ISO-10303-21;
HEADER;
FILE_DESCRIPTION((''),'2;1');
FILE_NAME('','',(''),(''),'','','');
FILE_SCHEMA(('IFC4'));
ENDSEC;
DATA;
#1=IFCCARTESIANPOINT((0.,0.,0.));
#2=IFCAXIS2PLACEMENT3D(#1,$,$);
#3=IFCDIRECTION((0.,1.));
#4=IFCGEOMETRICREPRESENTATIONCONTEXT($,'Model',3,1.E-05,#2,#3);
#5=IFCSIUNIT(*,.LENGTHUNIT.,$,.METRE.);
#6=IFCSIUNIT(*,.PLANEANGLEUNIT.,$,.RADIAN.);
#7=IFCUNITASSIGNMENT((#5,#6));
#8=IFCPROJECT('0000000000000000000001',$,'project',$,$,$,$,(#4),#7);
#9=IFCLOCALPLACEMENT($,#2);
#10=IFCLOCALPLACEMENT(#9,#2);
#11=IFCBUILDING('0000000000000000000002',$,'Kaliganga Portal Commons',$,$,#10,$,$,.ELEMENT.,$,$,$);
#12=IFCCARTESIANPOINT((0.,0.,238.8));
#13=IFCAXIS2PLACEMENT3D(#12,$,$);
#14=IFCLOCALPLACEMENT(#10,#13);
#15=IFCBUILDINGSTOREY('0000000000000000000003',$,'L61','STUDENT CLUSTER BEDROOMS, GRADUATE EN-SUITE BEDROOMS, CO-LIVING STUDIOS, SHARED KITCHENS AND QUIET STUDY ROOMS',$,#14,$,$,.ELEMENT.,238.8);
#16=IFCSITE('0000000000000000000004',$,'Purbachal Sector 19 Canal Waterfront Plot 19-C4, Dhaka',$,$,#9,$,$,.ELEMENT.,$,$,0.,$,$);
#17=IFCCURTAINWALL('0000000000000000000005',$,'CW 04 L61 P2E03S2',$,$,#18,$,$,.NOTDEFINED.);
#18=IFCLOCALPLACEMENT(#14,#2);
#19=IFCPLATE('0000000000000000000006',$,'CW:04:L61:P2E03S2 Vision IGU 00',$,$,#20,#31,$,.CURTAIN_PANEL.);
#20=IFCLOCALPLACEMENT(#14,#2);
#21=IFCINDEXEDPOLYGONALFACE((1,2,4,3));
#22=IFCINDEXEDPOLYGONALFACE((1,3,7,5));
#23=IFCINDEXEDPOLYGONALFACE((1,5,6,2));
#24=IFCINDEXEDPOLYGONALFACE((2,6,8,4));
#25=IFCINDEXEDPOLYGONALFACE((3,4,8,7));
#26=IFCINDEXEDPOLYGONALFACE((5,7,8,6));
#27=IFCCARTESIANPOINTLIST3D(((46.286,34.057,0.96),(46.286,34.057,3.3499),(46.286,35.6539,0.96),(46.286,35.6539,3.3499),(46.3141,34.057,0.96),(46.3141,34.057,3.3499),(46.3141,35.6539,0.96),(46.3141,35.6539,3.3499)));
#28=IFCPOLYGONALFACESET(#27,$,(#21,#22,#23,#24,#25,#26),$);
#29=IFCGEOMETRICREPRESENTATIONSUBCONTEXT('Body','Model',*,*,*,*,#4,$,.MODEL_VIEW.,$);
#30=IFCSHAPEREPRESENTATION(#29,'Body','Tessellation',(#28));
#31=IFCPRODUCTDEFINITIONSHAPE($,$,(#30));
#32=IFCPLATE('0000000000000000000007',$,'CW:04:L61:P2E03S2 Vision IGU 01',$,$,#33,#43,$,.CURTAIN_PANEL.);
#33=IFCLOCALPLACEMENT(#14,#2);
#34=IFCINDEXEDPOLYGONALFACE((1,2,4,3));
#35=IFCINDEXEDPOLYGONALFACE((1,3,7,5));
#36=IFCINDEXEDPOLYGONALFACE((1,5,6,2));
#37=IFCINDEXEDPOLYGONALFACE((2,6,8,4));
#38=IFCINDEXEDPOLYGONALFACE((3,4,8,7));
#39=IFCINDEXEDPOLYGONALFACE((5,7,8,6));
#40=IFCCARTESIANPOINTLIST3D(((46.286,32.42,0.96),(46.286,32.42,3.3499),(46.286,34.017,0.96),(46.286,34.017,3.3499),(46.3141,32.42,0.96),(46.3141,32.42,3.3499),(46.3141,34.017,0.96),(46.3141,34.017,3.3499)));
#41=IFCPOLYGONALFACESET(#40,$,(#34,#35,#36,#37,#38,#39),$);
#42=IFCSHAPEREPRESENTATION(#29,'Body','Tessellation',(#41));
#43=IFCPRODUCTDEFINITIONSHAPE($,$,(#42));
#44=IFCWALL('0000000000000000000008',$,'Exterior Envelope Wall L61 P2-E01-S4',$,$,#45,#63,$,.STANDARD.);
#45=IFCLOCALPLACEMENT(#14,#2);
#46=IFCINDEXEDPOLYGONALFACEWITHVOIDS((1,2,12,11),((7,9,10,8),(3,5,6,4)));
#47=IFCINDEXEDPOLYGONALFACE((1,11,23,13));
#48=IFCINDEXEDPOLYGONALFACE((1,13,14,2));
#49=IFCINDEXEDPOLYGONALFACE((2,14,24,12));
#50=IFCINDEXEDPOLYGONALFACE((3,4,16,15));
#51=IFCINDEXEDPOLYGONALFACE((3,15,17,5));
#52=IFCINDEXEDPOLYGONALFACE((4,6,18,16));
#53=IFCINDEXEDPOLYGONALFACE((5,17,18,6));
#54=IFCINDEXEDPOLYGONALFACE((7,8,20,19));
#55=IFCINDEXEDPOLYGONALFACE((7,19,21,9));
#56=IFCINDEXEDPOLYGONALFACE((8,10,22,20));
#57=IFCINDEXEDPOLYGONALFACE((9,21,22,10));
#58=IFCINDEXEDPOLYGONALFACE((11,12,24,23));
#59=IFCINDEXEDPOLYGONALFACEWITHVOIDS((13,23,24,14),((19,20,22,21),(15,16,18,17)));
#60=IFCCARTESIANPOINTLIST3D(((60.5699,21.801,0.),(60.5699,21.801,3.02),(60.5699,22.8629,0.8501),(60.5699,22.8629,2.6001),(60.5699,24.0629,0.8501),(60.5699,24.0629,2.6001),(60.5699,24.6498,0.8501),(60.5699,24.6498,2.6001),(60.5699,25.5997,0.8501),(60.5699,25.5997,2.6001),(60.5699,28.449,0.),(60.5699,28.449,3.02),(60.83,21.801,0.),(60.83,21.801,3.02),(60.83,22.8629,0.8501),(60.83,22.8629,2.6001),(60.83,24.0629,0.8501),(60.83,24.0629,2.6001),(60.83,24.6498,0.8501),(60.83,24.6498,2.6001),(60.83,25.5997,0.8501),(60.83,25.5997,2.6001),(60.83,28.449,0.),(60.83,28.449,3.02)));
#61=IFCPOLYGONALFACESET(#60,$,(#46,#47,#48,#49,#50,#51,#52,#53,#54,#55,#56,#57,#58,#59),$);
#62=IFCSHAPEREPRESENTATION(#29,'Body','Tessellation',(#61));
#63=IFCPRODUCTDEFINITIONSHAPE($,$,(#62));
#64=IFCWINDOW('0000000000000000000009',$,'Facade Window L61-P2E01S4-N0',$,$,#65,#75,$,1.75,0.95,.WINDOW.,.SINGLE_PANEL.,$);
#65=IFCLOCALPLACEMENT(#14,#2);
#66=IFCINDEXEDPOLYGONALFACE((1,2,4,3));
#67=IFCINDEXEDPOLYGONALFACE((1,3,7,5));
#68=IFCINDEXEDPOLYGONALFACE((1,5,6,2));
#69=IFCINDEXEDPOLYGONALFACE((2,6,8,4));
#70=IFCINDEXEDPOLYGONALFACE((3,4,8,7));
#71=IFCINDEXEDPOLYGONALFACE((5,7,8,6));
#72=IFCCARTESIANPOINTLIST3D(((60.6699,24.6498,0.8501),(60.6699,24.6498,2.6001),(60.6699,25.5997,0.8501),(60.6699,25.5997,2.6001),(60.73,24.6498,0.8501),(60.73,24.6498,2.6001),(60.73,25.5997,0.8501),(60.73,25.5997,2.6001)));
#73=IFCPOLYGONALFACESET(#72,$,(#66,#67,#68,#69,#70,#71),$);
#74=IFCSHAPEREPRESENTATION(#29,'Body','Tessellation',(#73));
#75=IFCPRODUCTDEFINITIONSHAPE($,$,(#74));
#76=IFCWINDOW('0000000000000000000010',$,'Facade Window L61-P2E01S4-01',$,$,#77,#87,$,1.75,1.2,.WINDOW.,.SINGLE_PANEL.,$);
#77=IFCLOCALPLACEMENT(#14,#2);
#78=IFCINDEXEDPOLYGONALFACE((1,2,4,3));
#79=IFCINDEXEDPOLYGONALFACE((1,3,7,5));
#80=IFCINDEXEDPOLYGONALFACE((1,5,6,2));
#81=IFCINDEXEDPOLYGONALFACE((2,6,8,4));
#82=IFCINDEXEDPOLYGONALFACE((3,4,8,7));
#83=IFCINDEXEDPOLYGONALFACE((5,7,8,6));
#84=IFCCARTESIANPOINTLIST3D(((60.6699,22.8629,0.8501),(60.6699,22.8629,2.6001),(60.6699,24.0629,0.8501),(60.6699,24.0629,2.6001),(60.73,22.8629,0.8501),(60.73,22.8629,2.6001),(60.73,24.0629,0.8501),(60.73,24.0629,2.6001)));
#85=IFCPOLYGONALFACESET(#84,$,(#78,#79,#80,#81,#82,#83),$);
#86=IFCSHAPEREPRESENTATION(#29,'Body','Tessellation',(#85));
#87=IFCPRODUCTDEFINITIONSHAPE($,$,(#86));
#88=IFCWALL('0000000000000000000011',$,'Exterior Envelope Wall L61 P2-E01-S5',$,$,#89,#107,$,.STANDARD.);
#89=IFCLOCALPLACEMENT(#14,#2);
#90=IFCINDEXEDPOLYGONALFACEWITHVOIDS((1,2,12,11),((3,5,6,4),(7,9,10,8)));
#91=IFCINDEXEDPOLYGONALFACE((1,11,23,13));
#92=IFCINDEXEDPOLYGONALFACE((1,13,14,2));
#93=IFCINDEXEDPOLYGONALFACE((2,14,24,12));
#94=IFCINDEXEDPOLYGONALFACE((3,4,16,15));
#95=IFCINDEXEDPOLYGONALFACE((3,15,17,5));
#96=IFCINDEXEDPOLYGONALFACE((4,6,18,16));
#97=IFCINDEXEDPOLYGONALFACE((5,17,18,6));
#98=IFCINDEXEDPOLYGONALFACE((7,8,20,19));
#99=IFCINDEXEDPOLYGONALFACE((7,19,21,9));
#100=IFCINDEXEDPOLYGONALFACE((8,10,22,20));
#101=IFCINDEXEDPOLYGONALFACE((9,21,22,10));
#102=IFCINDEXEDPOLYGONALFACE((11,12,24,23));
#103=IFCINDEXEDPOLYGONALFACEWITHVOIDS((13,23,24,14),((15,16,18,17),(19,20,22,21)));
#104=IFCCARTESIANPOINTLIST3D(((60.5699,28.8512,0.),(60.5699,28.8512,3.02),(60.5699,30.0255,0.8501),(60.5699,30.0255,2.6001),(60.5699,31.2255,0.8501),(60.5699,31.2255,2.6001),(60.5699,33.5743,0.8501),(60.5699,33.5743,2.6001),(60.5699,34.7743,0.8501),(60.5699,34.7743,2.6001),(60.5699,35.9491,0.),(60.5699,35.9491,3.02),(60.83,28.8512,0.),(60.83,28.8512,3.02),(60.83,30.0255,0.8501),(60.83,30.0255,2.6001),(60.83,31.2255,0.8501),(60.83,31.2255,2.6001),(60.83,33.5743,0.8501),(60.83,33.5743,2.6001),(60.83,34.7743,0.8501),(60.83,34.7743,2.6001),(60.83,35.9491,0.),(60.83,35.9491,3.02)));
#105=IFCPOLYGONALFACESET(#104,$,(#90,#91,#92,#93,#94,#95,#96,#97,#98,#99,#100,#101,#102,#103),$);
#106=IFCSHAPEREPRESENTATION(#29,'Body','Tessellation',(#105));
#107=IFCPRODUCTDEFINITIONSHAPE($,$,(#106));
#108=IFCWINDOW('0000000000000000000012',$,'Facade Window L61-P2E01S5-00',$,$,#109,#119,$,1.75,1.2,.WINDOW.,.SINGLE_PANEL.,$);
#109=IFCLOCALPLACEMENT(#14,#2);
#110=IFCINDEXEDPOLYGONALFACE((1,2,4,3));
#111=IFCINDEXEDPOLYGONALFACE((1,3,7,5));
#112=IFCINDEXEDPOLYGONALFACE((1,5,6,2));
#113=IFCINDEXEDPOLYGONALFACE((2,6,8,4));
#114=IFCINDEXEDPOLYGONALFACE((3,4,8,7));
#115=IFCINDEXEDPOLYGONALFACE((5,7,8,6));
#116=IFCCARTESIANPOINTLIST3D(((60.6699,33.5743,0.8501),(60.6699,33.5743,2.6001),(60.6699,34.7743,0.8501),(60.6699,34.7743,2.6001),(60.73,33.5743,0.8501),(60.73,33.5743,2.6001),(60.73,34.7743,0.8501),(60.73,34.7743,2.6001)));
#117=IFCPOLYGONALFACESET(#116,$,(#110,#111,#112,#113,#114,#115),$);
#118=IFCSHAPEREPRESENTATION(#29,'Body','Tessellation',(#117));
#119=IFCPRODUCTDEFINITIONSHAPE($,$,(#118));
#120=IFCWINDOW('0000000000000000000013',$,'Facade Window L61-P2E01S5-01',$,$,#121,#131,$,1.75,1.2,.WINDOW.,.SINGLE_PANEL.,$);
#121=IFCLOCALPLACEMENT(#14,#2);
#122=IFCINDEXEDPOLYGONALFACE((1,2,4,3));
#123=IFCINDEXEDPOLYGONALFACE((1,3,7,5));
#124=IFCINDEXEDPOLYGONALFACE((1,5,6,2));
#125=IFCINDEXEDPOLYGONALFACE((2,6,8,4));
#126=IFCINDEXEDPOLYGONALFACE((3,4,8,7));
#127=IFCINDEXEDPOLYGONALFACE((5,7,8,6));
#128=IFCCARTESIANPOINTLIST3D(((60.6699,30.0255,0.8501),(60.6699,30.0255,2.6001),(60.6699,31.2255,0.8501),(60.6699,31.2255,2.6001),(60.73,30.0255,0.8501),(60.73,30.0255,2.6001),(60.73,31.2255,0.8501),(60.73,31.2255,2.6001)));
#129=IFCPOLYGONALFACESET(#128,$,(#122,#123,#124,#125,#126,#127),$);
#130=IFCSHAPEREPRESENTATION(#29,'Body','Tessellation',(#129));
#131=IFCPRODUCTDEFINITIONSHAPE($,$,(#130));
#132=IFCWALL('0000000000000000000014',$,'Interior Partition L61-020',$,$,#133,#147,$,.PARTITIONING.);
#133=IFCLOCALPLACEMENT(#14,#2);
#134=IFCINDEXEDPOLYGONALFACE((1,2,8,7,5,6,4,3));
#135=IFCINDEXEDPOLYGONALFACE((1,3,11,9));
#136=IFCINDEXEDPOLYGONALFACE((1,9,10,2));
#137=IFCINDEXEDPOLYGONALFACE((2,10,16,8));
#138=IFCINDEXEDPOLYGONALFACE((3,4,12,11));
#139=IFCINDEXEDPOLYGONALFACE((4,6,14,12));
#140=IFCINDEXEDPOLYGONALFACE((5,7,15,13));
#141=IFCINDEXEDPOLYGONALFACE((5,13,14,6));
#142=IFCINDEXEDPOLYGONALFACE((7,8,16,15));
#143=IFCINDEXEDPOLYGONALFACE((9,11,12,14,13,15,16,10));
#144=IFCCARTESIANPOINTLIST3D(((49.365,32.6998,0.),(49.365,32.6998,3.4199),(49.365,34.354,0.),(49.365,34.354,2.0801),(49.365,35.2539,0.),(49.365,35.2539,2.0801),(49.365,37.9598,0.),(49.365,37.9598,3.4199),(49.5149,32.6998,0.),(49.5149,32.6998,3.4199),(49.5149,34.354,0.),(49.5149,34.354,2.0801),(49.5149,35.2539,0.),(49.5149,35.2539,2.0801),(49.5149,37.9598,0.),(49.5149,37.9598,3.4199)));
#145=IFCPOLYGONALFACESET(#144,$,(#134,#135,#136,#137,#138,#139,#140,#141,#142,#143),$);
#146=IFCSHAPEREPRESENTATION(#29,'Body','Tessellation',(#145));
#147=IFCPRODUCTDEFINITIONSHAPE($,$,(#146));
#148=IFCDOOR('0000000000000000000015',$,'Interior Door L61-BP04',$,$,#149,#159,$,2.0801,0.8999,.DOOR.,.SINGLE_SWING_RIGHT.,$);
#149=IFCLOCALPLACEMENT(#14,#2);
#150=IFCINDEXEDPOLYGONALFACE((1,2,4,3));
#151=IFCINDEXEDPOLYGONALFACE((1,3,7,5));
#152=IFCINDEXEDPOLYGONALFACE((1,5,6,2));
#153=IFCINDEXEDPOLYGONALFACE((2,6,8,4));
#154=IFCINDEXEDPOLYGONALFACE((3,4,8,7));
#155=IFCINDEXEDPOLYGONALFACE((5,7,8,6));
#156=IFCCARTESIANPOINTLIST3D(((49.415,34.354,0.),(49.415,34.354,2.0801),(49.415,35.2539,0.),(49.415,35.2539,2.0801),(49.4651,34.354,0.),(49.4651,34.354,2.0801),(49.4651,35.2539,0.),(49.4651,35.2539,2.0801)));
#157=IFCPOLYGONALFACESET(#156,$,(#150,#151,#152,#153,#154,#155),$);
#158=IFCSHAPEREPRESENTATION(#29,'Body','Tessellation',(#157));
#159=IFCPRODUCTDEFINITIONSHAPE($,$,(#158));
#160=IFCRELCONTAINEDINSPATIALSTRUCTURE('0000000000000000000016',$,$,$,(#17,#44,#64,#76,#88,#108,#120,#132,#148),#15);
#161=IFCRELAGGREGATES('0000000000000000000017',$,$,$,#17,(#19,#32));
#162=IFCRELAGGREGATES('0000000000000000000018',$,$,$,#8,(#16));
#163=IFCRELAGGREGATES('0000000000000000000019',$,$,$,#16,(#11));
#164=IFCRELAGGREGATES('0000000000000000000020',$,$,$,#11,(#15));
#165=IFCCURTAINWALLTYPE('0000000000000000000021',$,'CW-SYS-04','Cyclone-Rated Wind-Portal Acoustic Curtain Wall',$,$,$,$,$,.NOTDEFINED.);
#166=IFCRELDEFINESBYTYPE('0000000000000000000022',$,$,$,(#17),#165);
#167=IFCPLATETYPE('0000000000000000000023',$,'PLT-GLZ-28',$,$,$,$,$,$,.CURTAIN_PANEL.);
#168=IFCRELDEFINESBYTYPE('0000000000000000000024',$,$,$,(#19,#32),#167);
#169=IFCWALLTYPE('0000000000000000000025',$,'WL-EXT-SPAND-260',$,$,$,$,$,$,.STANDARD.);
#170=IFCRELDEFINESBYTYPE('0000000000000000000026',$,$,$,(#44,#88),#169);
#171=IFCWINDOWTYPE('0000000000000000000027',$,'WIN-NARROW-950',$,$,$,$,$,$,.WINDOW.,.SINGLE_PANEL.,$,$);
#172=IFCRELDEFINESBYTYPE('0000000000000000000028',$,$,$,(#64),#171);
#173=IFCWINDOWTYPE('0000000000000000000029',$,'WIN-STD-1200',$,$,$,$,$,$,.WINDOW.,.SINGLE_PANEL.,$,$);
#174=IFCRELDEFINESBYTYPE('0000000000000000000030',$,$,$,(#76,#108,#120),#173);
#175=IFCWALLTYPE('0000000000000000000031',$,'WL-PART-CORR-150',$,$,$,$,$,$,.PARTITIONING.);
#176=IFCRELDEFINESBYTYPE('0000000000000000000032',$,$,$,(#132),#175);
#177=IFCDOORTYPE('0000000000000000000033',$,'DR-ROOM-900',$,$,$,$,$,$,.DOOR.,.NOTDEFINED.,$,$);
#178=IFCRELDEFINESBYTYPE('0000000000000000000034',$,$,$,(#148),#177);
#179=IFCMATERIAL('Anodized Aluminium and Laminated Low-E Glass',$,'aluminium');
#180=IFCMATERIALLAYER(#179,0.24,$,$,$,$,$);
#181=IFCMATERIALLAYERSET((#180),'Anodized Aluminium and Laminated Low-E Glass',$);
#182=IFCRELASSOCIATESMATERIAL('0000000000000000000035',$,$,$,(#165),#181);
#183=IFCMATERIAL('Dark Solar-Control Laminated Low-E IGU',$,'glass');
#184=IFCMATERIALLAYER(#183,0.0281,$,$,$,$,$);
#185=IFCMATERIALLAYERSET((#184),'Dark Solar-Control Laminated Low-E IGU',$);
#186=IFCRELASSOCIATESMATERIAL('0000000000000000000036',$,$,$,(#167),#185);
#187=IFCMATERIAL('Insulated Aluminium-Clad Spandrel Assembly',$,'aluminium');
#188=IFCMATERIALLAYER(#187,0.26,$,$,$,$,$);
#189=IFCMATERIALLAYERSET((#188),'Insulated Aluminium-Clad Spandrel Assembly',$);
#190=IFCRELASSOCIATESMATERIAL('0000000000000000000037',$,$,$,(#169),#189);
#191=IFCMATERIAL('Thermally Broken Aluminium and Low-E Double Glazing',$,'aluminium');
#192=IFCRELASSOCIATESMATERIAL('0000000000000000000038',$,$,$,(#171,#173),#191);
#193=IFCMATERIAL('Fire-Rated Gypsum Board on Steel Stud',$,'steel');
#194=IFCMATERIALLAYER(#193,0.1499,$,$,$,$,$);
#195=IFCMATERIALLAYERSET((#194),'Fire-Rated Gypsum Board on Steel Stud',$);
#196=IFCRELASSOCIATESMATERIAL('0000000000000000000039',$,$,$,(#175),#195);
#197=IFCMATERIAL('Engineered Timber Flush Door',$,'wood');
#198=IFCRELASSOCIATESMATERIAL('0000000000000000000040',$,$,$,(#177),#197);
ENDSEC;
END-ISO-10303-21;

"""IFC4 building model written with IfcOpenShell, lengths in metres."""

from ifc_helpers import new_model, si_unit, direction, frame, frame_2d, origin, origin_2d, place, context, subcontext, project, spatial, rectangle, extrude, source, transform, mapped, material, layer, layer_set, type_object, element, fill, aggregate, save


model = new_model("IFC4")

# Units and contexts
model_context = context("Model", 3, precision=1e-05, world=origin(), true_north=direction((0.0, 1.0)))
body_context = subcontext(model_context, "Body", "Model", "MODEL_VIEW")
ifc_project = project(units=[si_unit("LENGTHUNIT", "METRE"), si_unit("PLANEANGLEUNIT", "RADIAN")], contexts=[model_context])

# Site, building, storey
site_placement = place(None, origin())
site = spatial("IfcSite", under=ifc_project, at=site_placement, Name="Purbachal Sector 19 Canal Waterfront Plot 19-C4, Dhaka", CompositionType="ELEMENT", RefElevation=0.0)
building_placement = place(site_placement, origin())
building = spatial("IfcBuilding", under=site, at=building_placement, Name="Kaliganga Portal Commons", CompositionType="ELEMENT")
storey_placement = place(building_placement, frame((0.0, 0.0, 238.8)))
storey = spatial("IfcBuildingStorey", under=building, at=storey_placement, Name="L61", Description="STUDENT CLUSTER BEDROOMS, GRADUATE EN-SUITE BEDROOMS, CO-LIVING STUDIOS, SHARED KITCHENS AND QUIET STUDY ROOMS", CompositionType="ELEMENT", Elevation=238.8)

# Curtain wall, plates
ifc_material_1 = material(Name="Anodized Aluminium and Laminated Low-E Glass", Category="aluminium")
ifc_layer_1 = layer(ifc_material_1, 0.24)
ifc_layer_set_1 = layer_set([ifc_layer_1], Name="Anodized Aluminium and Laminated Low-E Glass")
curtain_wall_type = type_object("IfcCurtainWallType", Name="CW-SYS-04", Description="Cyclone-Rated Wind-Portal Acoustic Curtain Wall", PredefinedType="NOTDEFINED", material=ifc_layer_set_1)
curtain_wall_placement = place(storey_placement, origin())
curtain_wall = element("IfcCurtainWall", 1, at=curtain_wall_placement, inside=storey, type_object=curtain_wall_type, Name="CW 04 L61 P2E03S2", PredefinedType="NOTDEFINED")
ifc_material_2 = material(Name="Dark Solar-Control Laminated Low-E IGU", Category="glass")
ifc_layer_2 = layer(ifc_material_2, 0.0281)
ifc_layer_set_2 = layer_set([ifc_layer_2], Name="Dark Solar-Control Laminated Low-E IGU")
plate_type_1 = type_object("IfcPlateType", Name="PLT-GLZ-28", PredefinedType="CURTAIN_PANEL", material=ifc_layer_set_2)
shared_shape_1 = source(origin(), body_context, "Body", "SweptSolid", [
    extrude(rectangle(XDim=1.5969, YDim=0.0281, at=origin_2d()), origin(), (0.0, 0.0, 1.0), 2.3899),
])
plate_1_placement = place(storey_placement, frame((46.3, 34.8555, 0.96), z_axis=(0.0, 0.0, 1.0), x_axis=(0.0, -1.0, 0.0)))
plate_1 = element("IfcPlate", 2, at=plate_1_placement, type_object=plate_type_1, Name="CW:04:L61:P2E03S2 Vision IGU 00", PredefinedType="CURTAIN_PANEL", context=body_context, shape_type="MappedRepresentation", body=[
    mapped(shared_shape_1, transform((0.0, 0.0, 0.0), x_axis=(1.0, 0.0, 0.0), y_axis=(0.0, 1.0, 0.0), z_axis=(0.0, 0.0, 1.0), scale=1.0)),
])
plate_2_placement = place(storey_placement, frame((46.3, 33.2185, 0.96), z_axis=(0.0, 0.0, 1.0), x_axis=(0.0, -1.0, 0.0)))
plate_2 = element("IfcPlate", 3, at=plate_2_placement, type_object=plate_type_1, Name="CW:04:L61:P2E03S2 Vision IGU 01", PredefinedType="CURTAIN_PANEL", context=body_context, shape_type="MappedRepresentation", body=[
    mapped(shared_shape_1, transform((0.0, 0.0, 0.0), x_axis=(1.0, 0.0, 0.0), y_axis=(0.0, 1.0, 0.0), z_axis=(0.0, 0.0, 1.0), scale=1.0)),
])
aggregate(curtain_wall, [plate_1, plate_2])

# Walls, openings, windows
ifc_material_3 = material(Name="Insulated Aluminium-Clad Spandrel Assembly", Category="aluminium")
ifc_layer_3 = layer(ifc_material_3, 0.26)
ifc_layer_set_3 = layer_set([ifc_layer_3], Name="Insulated Aluminium-Clad Spandrel Assembly")
wall_type_1 = type_object("IfcWallType", Name="WL-EXT-SPAND-260", PredefinedType="STANDARD", material=ifc_layer_set_3)
wall_1_placement = place(storey_placement, frame((60.7, 28.449, 0.0), z_axis=(0.0, 0.0, 1.0), x_axis=(0.0, -1.0, 0.0)))
wall_1 = element("IfcWall", 4, at=wall_1_placement, inside=storey, type_object=wall_type_1, Name="Exterior Envelope Wall L61 P2-E01-S4", PredefinedType="STANDARD", context=body_context, shape_type="SweptSolid", body=[
    extrude(rectangle(XDim=6.6479, YDim=0.26, at=frame_2d((3.324, 0.0))), origin(), (0.0, 0.0, 1.0), 3.02),
])
opening_1_placement = place(wall_1_placement, frame((4.386, 0.0, 0.8501)))
opening_1 = element("IfcOpeningElement", 5, at=opening_1_placement, cuts=wall_1, PredefinedType="OPENING", context=body_context, shape_type="SweptSolid", body=[
    extrude(rectangle(XDim=1.2, YDim=1.75, at=frame_2d((0.6001, 0.875))), frame((0.0, 0.1401, 0.0), z_axis=(0.0, -1.0, 0.0), x_axis=(1.0, 0.0, 0.0)), (0.0, 0.0, 1.0), 0.28),
])
opening_2_placement = place(wall_1_placement, frame((2.8491, 0.0, 0.8501)))
opening_2 = element("IfcOpeningElement", 6, at=opening_2_placement, cuts=wall_1, PredefinedType="OPENING", context=body_context, shape_type="SweptSolid", body=[
    extrude(rectangle(XDim=0.95, YDim=1.75, at=frame_2d((0.4751, 0.875))), frame((0.0, 0.1401, 0.0), z_axis=(0.0, -1.0, 0.0), x_axis=(1.0, 0.0, 0.0)), (0.0, 0.0, 1.0), 0.28),
])
ifc_material_4 = material(Name="Thermally Broken Aluminium and Low-E Double Glazing", Category="aluminium")
window_type_1 = type_object("IfcWindowType", Name="WIN-NARROW-950", PartitioningType="SINGLE_PANEL", PredefinedType="WINDOW", material=ifc_material_4)
window_1_placement = place(opening_2_placement, origin())
window_1 = element("IfcWindow", 7, at=window_1_placement, inside=storey, type_object=window_type_1, Name="Facade Window L61-P2E01S4-N0", OverallHeight=1.75, OverallWidth=0.95, PartitioningType="SINGLE_PANEL", PredefinedType="WINDOW", context=body_context, shape_type="SweptSolid", body=[
    extrude(rectangle(XDim=0.95, YDim=1.75, at=frame_2d((0.4751, 0.875))), frame((0.0, 0.03, 0.0), z_axis=(0.0, -1.0, 0.0), x_axis=(1.0, 0.0, 0.0)), (0.0, 0.0, 1.0), 0.0601),
])
fill(opening_2, window_1)
window_type_2 = type_object("IfcWindowType", Name="WIN-STD-1200", PartitioningType="SINGLE_PANEL", PredefinedType="WINDOW", material=ifc_material_4)
window_2_placement = place(opening_1_placement, origin())
window_2 = element("IfcWindow", 8, at=window_2_placement, inside=storey, type_object=window_type_2, Name="Facade Window L61-P2E01S4-01", OverallHeight=1.75, OverallWidth=1.2, PartitioningType="SINGLE_PANEL", PredefinedType="WINDOW", context=body_context, shape_type="SweptSolid", body=[
    extrude(rectangle(XDim=1.2, YDim=1.75, at=frame_2d((0.6001, 0.875))), frame((0.0, 0.03, 0.0), z_axis=(0.0, -1.0, 0.0), x_axis=(1.0, 0.0, 0.0)), (0.0, 0.0, 1.0), 0.0601),
])
fill(opening_1, window_2)
wall_2_placement = place(storey_placement, frame((60.7, 35.949, 0.0), z_axis=(0.0, 0.0, 1.0), x_axis=(0.0, -1.0, 0.0)))
wall_2 = element("IfcWall", 9, at=wall_2_placement, inside=storey, type_object=wall_type_1, Name="Exterior Envelope Wall L61 P2-E01-S5", PredefinedType="STANDARD", context=body_context, shape_type="SweptSolid", body=[
    extrude(rectangle(XDim=7.0979, YDim=0.26, at=frame_2d((3.5488, 0.0))), origin(), (0.0, 0.0, 1.0), 3.02),
])
opening_3_placement = place(wall_2_placement, frame((1.1746, 0.0, 0.8501)))
opening_3 = element("IfcOpeningElement", 10, at=opening_3_placement, cuts=wall_2, PredefinedType="OPENING", context=body_context, shape_type="SweptSolid", body=[
    extrude(rectangle(XDim=1.2, YDim=1.75, at=frame_2d((0.6001, 0.875))), frame((0.0, 0.1401, 0.0), z_axis=(0.0, -1.0, 0.0), x_axis=(1.0, 0.0, 0.0)), (0.0, 0.0, 1.0), 0.28),
])
opening_4_placement = place(wall_2_placement, frame((4.7234, 0.0, 0.8501)))
opening_4 = element("IfcOpeningElement", 11, at=opening_4_placement, cuts=wall_2, PredefinedType="OPENING", context=body_context, shape_type="SweptSolid", body=[
    extrude(rectangle(XDim=1.2, YDim=1.75, at=frame_2d((0.6001, 0.875))), frame((0.0, 0.1401, 0.0), z_axis=(0.0, -1.0, 0.0), x_axis=(1.0, 0.0, 0.0)), (0.0, 0.0, 1.0), 0.28),
])
window_3_placement = place(opening_3_placement, origin())
window_3 = element("IfcWindow", 12, at=window_3_placement, inside=storey, type_object=window_type_2, Name="Facade Window L61-P2E01S5-00", OverallHeight=1.75, OverallWidth=1.2, PartitioningType="SINGLE_PANEL", PredefinedType="WINDOW", context=body_context, shape_type="SweptSolid", body=[
    extrude(rectangle(XDim=1.2, YDim=1.75, at=frame_2d((0.6001, 0.875))), frame((0.0, 0.03, 0.0), z_axis=(0.0, -1.0, 0.0), x_axis=(1.0, 0.0, 0.0)), (0.0, 0.0, 1.0), 0.0601),
])
fill(opening_3, window_3)
window_4_placement = place(opening_4_placement, origin())
window_4 = element("IfcWindow", 13, at=window_4_placement, inside=storey, type_object=window_type_2, Name="Facade Window L61-P2E01S5-01", OverallHeight=1.75, OverallWidth=1.2, PartitioningType="SINGLE_PANEL", PredefinedType="WINDOW", context=body_context, shape_type="SweptSolid", body=[
    extrude(rectangle(XDim=1.2, YDim=1.75, at=frame_2d((0.6001, 0.875))), frame((0.0, 0.03, 0.0), z_axis=(0.0, -1.0, 0.0), x_axis=(1.0, 0.0, 0.0)), (0.0, 0.0, 1.0), 0.0601),
])
fill(opening_4, window_4)

# Wall, opening, door
ifc_material_5 = material(Name="Fire-Rated Gypsum Board on Steel Stud", Category="steel")
ifc_layer_4 = layer(ifc_material_5, 0.1499)
ifc_layer_set_4 = layer_set([ifc_layer_4], Name="Fire-Rated Gypsum Board on Steel Stud")
wall_type_2 = type_object("IfcWallType", Name="WL-PART-CORR-150", PredefinedType="PARTITIONING", material=ifc_layer_set_4)
wall_3_placement = place(storey_placement, frame((49.4399, 32.7, 0.0), z_axis=(0.0, 0.0, 1.0), x_axis=(0.0, 1.0, 0.0)))
wall_3 = element("IfcWall", 14, at=wall_3_placement, inside=storey, type_object=wall_type_2, Name="Interior Partition L61-020", PredefinedType="PARTITIONING", context=body_context, shape_type="SweptSolid", body=[
    extrude(rectangle(XDim=5.26, YDim=0.1499, at=frame_2d((2.6299, 0.0))), origin(), (0.0, 0.0, 1.0), 3.4199),
])
opening_5_placement = place(wall_3_placement, frame((1.6541, 0.0, 0.0)))
opening_5 = element("IfcOpeningElement", 15, at=opening_5_placement, cuts=wall_3, PredefinedType="OPENING", context=body_context, shape_type="SweptSolid", body=[
    extrude(rectangle(XDim=0.8999, YDim=2.0801, at=frame_2d((0.45, 1.04))), frame((0.0, 0.085, 0.0), z_axis=(0.0, -1.0, 0.0), x_axis=(1.0, 0.0, 0.0)), (0.0, 0.0, 1.0), 0.1699),
])
ifc_material_6 = material(Name="Engineered Timber Flush Door", Category="wood")
door_type_1 = type_object("IfcDoorType", Name="DR-ROOM-900", OperationType="NOTDEFINED", PredefinedType="DOOR", material=ifc_material_6)
door_1_placement = place(opening_5_placement, origin())
door_1 = element("IfcDoor", 16, at=door_1_placement, inside=storey, type_object=door_type_1, Name="Interior Door L61-BP04", OperationType="SINGLE_SWING_RIGHT", OverallHeight=2.0801, OverallWidth=0.8999, PredefinedType="DOOR", context=body_context, shape_type="SweptSolid", body=[
    extrude(rectangle(XDim=0.8999, YDim=2.0801, at=frame_2d((0.45, 1.04))), frame((0.0, 0.0249, 0.0), z_axis=(0.0, -1.0, 0.0), x_axis=(1.0, 0.0, 0.0)), (0.0, 0.0, 1.0), 0.05),
])
fill(opening_5, door_1)

save(model, "model.ifc")
